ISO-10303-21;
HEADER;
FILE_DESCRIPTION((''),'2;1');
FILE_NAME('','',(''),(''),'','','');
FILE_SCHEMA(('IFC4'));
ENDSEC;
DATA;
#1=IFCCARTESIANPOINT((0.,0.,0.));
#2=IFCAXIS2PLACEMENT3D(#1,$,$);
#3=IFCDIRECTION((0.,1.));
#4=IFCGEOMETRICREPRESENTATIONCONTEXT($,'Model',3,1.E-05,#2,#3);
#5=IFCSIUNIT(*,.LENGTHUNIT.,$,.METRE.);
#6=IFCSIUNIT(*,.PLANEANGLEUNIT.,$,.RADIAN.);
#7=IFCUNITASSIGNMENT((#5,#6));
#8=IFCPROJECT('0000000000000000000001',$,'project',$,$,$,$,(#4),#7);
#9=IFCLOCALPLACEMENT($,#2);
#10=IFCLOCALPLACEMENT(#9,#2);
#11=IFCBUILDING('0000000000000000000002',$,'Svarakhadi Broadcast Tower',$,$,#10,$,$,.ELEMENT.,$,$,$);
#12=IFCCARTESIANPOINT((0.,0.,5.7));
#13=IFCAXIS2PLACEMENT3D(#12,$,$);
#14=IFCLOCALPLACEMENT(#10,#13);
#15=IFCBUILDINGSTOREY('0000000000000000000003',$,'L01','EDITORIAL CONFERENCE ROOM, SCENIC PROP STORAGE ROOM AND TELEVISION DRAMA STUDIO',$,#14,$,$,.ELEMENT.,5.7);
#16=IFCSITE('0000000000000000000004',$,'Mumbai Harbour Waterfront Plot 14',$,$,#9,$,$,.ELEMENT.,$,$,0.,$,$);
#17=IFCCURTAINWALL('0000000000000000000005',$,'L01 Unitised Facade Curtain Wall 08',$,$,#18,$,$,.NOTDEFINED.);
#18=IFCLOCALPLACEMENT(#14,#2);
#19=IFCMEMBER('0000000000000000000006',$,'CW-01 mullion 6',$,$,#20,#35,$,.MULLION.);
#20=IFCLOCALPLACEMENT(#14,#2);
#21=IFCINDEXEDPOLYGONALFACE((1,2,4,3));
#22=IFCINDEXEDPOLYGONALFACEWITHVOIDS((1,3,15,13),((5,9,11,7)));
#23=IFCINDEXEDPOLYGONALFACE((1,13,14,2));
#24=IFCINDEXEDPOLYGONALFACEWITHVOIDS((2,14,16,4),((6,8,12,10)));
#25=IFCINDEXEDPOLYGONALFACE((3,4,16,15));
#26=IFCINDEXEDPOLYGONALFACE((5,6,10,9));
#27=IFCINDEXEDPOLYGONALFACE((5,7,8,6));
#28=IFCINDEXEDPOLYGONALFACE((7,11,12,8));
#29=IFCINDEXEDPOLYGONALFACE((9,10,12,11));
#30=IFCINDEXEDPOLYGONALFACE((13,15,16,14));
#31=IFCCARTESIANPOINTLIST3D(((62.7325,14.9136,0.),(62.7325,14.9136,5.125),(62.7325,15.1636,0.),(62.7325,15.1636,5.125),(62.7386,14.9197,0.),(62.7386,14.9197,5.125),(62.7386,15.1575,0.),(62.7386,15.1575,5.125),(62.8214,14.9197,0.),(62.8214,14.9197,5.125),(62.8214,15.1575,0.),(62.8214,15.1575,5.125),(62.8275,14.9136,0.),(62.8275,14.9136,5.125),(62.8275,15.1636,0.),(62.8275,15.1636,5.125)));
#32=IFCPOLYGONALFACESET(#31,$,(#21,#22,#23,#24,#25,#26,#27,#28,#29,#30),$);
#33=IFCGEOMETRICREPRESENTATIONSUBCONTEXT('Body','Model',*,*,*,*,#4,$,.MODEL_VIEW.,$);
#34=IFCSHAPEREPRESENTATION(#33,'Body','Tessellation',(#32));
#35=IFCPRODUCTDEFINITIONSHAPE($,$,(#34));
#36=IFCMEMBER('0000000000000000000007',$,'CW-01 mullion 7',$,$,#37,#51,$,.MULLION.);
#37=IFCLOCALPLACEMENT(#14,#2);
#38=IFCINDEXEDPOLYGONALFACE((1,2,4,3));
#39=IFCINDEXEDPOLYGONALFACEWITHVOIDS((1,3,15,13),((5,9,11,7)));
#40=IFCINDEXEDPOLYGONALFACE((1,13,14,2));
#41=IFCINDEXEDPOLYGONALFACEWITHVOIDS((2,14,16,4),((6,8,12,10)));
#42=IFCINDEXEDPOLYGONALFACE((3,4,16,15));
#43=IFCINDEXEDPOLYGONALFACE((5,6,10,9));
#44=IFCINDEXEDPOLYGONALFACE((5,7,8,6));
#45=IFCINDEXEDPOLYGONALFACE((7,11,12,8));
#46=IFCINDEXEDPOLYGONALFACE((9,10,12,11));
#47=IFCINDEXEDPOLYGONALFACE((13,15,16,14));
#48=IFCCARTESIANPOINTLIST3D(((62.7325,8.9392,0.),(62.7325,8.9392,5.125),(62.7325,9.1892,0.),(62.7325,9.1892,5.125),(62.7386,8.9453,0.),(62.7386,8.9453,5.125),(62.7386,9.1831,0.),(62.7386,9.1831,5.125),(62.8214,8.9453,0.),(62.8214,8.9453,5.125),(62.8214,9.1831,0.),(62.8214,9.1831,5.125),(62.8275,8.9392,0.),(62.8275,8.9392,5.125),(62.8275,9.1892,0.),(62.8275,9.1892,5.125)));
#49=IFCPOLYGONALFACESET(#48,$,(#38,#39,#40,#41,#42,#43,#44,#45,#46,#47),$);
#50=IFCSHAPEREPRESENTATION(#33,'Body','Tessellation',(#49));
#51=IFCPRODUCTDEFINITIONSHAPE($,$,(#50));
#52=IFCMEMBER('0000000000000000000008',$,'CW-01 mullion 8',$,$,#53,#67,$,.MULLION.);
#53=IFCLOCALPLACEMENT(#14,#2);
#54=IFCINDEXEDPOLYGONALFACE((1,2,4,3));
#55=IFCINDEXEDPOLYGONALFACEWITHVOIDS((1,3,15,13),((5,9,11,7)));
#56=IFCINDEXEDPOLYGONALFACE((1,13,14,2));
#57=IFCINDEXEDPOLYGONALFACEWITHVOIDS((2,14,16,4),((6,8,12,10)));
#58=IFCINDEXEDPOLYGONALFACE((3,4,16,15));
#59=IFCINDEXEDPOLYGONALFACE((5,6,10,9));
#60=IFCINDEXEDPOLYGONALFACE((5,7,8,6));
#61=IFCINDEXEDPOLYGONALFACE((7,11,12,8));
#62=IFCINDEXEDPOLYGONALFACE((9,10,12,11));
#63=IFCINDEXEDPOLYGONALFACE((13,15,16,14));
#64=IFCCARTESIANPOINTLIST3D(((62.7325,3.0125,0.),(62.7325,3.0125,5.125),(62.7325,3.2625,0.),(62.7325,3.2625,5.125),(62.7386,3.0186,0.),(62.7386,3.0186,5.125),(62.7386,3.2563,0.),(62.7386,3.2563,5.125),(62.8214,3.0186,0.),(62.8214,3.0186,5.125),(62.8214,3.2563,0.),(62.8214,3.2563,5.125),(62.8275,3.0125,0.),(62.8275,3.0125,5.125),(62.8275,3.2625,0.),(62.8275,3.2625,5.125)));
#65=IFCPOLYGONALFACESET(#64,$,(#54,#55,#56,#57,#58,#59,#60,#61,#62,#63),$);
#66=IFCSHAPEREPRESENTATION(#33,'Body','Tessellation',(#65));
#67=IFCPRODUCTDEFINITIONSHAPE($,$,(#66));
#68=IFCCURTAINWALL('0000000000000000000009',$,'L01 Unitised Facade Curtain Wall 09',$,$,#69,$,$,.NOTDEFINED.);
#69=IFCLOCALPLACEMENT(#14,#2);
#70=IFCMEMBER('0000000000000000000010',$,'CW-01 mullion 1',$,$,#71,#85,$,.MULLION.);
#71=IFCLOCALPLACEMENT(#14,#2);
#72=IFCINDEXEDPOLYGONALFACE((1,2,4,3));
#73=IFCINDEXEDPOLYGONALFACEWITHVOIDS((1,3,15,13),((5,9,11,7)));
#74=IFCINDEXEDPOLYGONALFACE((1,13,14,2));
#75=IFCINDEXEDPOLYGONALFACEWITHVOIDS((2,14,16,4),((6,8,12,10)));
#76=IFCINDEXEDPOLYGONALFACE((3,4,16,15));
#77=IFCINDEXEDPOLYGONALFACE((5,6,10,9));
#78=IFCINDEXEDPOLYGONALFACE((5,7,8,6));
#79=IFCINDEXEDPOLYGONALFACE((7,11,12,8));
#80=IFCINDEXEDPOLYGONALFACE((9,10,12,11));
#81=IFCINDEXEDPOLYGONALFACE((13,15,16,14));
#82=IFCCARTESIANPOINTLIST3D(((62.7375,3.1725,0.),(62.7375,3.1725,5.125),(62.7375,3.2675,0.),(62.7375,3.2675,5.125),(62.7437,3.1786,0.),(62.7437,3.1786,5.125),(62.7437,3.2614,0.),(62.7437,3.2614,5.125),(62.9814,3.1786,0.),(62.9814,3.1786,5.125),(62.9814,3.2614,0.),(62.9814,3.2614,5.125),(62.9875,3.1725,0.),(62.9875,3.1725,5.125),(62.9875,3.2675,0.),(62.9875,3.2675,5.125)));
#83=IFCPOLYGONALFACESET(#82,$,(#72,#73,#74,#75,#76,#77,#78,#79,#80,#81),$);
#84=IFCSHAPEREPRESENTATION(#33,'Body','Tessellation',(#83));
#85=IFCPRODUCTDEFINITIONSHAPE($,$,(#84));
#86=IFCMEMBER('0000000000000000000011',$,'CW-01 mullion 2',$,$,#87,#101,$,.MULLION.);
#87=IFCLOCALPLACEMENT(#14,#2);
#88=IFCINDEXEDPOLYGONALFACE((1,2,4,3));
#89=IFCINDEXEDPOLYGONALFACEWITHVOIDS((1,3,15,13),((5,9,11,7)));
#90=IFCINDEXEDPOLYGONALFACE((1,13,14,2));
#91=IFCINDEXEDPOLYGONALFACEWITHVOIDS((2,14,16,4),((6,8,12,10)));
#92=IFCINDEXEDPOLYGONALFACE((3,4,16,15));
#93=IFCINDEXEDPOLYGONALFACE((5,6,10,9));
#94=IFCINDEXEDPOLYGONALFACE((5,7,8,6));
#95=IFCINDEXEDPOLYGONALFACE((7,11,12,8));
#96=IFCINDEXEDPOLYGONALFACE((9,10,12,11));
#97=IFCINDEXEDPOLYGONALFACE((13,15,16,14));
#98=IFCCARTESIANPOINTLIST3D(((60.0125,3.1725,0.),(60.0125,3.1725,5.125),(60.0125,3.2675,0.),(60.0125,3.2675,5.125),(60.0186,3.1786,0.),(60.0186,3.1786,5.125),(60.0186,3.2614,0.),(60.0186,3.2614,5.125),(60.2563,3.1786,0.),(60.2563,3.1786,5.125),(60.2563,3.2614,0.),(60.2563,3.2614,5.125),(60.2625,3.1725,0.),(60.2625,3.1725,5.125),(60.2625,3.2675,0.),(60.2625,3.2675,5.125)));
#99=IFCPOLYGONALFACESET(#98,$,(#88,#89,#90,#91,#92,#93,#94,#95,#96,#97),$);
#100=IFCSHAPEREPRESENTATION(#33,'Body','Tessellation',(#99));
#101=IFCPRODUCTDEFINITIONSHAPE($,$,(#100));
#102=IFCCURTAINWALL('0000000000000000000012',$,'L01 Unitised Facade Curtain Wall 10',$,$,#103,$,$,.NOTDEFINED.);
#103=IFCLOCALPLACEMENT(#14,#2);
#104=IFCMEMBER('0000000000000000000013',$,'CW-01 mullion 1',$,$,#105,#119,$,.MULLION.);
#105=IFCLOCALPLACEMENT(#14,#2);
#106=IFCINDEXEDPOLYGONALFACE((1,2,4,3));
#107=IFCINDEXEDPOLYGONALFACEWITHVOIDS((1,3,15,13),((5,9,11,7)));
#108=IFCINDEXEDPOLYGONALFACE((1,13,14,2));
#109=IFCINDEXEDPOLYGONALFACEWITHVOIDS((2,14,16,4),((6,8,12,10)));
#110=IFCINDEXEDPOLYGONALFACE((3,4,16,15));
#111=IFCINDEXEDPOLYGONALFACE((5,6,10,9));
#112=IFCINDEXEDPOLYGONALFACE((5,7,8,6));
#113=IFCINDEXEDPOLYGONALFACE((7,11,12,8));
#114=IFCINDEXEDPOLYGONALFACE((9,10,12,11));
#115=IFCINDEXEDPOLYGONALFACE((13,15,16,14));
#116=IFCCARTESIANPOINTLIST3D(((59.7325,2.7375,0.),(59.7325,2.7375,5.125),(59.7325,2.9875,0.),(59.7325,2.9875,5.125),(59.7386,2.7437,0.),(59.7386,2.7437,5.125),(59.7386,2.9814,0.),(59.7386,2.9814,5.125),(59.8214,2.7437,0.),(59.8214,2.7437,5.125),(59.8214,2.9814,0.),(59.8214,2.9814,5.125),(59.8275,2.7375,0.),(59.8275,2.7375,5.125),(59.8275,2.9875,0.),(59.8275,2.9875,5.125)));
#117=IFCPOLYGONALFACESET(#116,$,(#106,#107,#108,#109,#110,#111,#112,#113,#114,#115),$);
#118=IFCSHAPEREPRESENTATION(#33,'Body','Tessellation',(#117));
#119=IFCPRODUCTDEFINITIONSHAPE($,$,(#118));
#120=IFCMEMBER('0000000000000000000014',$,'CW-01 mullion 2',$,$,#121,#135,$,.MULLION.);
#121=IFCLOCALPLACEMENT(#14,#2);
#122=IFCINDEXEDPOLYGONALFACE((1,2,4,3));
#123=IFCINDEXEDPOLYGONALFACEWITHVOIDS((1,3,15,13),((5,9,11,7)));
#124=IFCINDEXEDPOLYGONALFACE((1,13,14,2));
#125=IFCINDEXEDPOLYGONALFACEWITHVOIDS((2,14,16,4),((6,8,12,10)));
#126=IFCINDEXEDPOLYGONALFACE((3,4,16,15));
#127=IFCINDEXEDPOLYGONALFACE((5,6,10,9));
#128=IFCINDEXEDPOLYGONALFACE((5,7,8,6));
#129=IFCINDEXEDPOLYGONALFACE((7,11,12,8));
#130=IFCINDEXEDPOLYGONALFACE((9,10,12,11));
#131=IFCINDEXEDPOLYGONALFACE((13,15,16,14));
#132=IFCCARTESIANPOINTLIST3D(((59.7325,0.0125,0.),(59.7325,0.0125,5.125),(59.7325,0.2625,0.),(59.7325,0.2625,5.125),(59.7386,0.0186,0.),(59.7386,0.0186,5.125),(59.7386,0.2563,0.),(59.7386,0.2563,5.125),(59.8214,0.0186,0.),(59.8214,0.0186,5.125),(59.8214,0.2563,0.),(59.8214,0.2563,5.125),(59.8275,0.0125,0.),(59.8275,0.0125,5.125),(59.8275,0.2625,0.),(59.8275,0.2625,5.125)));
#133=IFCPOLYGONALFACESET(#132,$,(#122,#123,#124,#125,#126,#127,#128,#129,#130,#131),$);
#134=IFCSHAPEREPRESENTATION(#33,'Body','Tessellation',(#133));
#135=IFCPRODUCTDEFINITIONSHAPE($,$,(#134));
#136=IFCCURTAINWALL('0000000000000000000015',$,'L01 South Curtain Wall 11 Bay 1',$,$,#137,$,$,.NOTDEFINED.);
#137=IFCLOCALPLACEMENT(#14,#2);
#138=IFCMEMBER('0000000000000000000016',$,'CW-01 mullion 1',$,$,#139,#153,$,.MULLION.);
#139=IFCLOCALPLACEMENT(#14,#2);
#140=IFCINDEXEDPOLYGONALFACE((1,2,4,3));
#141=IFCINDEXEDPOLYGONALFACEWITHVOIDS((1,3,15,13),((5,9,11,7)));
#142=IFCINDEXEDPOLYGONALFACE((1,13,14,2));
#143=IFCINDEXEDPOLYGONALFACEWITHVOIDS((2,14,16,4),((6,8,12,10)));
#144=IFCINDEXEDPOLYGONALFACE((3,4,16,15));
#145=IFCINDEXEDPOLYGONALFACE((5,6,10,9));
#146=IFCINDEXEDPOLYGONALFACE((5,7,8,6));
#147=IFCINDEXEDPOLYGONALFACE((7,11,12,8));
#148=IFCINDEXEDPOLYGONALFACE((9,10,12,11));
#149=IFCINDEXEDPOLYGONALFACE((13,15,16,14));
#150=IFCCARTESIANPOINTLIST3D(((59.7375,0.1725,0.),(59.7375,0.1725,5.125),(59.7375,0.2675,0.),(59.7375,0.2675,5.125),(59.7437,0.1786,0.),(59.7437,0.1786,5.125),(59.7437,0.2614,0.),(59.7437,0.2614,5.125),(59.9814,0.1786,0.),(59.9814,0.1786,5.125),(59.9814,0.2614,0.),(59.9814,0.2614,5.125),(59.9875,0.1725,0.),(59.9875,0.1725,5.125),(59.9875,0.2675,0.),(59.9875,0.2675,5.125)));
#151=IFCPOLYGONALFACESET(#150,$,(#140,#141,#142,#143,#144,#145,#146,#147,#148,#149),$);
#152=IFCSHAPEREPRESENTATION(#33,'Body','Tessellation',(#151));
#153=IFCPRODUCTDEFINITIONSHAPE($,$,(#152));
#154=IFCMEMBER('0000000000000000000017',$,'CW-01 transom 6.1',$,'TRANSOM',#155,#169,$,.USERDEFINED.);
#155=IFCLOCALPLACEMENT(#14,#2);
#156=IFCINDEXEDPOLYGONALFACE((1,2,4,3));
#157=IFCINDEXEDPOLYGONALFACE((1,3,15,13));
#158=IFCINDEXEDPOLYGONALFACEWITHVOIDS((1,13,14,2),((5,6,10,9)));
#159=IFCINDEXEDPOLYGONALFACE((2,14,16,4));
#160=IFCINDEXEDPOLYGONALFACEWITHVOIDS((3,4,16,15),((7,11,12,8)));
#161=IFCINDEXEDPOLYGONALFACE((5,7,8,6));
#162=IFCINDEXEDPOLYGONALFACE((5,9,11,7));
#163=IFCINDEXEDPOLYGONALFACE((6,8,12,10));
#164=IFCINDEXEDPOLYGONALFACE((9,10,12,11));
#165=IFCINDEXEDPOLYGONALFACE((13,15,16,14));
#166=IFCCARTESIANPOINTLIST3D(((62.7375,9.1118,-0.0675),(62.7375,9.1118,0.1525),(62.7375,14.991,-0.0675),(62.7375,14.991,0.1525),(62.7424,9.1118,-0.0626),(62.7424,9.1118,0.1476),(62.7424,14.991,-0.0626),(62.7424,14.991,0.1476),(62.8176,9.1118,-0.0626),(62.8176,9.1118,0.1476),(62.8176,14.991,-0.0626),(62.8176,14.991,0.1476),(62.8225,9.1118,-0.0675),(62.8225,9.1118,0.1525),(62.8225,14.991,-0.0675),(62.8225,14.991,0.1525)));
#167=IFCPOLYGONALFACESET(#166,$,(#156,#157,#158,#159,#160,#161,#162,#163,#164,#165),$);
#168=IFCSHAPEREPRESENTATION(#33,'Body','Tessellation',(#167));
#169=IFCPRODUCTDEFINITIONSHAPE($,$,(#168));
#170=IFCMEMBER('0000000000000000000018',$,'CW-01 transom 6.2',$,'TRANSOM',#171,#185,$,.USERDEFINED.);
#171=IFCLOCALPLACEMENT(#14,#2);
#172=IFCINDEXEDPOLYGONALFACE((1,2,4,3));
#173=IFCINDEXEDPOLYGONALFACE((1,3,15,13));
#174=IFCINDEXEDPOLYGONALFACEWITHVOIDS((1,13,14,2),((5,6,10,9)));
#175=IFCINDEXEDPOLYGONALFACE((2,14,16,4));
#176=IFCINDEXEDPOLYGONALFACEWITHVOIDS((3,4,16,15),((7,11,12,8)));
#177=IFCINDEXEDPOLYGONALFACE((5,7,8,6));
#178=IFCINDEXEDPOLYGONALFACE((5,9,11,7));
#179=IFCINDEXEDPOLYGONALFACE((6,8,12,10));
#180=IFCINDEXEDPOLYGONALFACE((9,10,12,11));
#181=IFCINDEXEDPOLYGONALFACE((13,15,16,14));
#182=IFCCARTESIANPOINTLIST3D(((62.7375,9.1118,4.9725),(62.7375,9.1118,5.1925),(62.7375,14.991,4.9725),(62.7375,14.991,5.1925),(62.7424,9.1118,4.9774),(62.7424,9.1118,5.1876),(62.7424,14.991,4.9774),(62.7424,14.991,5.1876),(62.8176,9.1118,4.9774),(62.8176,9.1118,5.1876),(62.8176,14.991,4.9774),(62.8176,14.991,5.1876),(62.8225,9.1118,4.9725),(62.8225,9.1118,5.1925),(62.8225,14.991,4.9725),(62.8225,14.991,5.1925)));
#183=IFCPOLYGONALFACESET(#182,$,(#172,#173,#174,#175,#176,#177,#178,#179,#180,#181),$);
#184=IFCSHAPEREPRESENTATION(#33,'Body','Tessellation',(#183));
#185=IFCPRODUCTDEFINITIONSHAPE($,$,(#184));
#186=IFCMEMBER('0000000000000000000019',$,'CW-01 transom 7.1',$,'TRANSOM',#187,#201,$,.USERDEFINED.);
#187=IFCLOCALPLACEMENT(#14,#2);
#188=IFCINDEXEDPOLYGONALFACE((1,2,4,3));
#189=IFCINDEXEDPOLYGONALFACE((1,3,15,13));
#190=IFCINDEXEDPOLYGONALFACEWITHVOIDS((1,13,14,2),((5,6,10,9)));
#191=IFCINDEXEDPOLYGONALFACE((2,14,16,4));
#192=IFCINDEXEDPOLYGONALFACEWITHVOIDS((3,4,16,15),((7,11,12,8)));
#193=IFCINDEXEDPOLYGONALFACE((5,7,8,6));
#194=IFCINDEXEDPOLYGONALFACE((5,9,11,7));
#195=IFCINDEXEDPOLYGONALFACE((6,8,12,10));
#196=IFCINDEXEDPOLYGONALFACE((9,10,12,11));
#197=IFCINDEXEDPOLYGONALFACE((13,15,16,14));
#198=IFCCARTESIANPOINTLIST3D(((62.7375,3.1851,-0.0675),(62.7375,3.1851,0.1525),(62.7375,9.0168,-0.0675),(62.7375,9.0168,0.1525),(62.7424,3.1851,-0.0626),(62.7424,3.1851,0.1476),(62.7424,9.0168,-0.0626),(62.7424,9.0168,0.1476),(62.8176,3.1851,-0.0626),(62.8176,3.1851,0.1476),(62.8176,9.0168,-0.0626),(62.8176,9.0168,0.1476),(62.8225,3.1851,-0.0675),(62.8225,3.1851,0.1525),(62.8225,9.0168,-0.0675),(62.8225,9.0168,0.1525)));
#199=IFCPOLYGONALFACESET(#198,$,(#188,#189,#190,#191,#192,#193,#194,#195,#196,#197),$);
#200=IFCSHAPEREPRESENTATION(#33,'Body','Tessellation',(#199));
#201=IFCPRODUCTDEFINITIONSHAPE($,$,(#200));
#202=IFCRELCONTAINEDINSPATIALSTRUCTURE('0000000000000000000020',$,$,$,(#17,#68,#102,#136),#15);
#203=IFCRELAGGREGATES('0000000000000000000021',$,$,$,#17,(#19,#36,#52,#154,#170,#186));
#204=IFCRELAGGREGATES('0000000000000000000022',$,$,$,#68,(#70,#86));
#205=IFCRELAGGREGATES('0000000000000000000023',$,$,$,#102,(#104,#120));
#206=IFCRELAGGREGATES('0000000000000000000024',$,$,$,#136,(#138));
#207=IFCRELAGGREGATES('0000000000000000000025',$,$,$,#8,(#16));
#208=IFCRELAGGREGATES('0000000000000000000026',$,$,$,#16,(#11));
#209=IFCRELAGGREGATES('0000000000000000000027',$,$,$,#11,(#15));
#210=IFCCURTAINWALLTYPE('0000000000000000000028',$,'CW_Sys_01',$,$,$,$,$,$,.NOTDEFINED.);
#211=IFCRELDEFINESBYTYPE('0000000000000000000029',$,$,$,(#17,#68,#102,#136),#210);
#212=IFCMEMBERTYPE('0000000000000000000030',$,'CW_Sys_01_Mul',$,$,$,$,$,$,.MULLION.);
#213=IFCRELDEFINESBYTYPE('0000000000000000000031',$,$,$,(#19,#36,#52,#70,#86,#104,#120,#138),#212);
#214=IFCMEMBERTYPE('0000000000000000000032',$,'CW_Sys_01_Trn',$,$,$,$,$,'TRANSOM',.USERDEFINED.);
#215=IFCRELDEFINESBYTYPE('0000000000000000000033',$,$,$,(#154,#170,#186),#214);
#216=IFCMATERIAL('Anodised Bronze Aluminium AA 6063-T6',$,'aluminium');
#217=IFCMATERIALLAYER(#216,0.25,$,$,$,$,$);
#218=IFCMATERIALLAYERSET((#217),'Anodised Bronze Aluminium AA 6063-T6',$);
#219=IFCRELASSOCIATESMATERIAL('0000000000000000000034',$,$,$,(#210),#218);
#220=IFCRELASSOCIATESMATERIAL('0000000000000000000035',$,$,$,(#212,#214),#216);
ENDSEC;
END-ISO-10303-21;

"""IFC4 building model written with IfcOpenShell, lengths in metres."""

from ifc_helpers import new_model, si_unit, direction, frame, origin, origin_2d, place, context, subcontext, project, spatial, hollow_rectangle, extrude, material, layer, layer_set, material_profile, profile_set, type_object, element, aggregate, save


model = new_model("IFC4")

# Units and contexts
model_context = context("Model", 3, precision=1e-05, world=origin(), true_north=direction((0.0, 1.0)))
body_context = subcontext(model_context, "Body", "Model", "MODEL_VIEW")
ifc_project = project(units=[si_unit("LENGTHUNIT", "METRE"), si_unit("PLANEANGLEUNIT", "RADIAN")], contexts=[model_context])

# Site, building, storey
site_placement = place(None, origin())
site = spatial("IfcSite", under=ifc_project, at=site_placement, Name="Mumbai Harbour Waterfront Plot 14", CompositionType="ELEMENT", RefElevation=0.0)
building_placement = place(site_placement, origin())
building = spatial("IfcBuilding", under=site, at=building_placement, Name="Svarakhadi Broadcast Tower", CompositionType="ELEMENT")
storey_placement = place(building_placement, frame((0.0, 0.0, 5.7)))
storey = spatial("IfcBuildingStorey", under=building, at=storey_placement, Name="L01", Description="EDITORIAL CONFERENCE ROOM, SCENIC PROP STORAGE ROOM AND TELEVISION DRAMA STUDIO", CompositionType="ELEMENT", Elevation=5.7)

# Curtain walls, members
ifc_material_1 = material(Name="Anodised Bronze Aluminium AA 6063-T6", Category="aluminium")
ifc_layer_1 = layer(ifc_material_1, 0.25)
ifc_layer_set_1 = layer_set([ifc_layer_1], Name="Anodised Bronze Aluminium AA 6063-T6")
curtain_wall_type = type_object("IfcCurtainWallType", Name="CW_Sys_01", PredefinedType="NOTDEFINED", material=ifc_layer_set_1)
curtain_wall_1_placement = place(storey_placement, origin())
curtain_wall_1 = element("IfcCurtainWall", 1, at=curtain_wall_1_placement, inside=storey, type_object=curtain_wall_type, Name="L01 Unitised Facade Curtain Wall 08", PredefinedType="NOTDEFINED")
ifc_material_profile_1 = material_profile(ifc_material_1, hollow_rectangle(XDim=0.095, YDim=0.25, WallThickness=0.0061, at=origin_2d()), Name="ALU MULLION 250x95x6")
ifc_profile_set_1 = profile_set([ifc_material_profile_1], Name="Anodised Bronze Aluminium AA 6063-T6")
member_type_1 = type_object("IfcMemberType", Name="CW_Sys_01_Mul", PredefinedType="MULLION", material=ifc_profile_set_1)
member_1_placement = place(storey_placement, frame((62.78, 15.0386, 0.0), z_axis=(0.0, 0.0, 1.0), x_axis=(1.0, 0.0, 0.0)))
member_1 = element("IfcMember", 2, at=member_1_placement, type_object=member_type_1, Name="CW-01 mullion 6", PredefinedType="MULLION", context=body_context, shape_type="SweptSolid", body=[
    extrude(hollow_rectangle(XDim=0.095, YDim=0.25, WallThickness=0.0061, at=origin_2d()), origin(), (0.0, 0.0, 1.0), 5.125),
])
member_2_placement = place(storey_placement, frame((62.78, 9.0642, 0.0), z_axis=(0.0, 0.0, 1.0), x_axis=(1.0, 0.0, 0.0)))
member_2 = element("IfcMember", 3, at=member_2_placement, type_object=member_type_1, Name="CW-01 mullion 7", PredefinedType="MULLION", context=body_context, shape_type="SweptSolid", body=[
    extrude(hollow_rectangle(XDim=0.095, YDim=0.25, WallThickness=0.0061, at=origin_2d()), origin(), (0.0, 0.0, 1.0), 5.125),
])
member_3_placement = place(storey_placement, frame((62.78, 3.1375, 0.0), z_axis=(0.0, 0.0, 1.0), x_axis=(1.0, 0.0, 0.0)))
member_3 = element("IfcMember", 4, at=member_3_placement, type_object=member_type_1, Name="CW-01 mullion 8", PredefinedType="MULLION", context=body_context, shape_type="SweptSolid", body=[
    extrude(hollow_rectangle(XDim=0.095, YDim=0.25, WallThickness=0.0061, at=origin_2d()), origin(), (0.0, 0.0, 1.0), 5.125),
])
curtain_wall_2_placement = place(storey_placement, origin())
curtain_wall_2 = element("IfcCurtainWall", 5, at=curtain_wall_2_placement, inside=storey, type_object=curtain_wall_type, Name="L01 Unitised Facade Curtain Wall 09", PredefinedType="NOTDEFINED")
member_4_placement = place(storey_placement, frame((62.8625, 3.22, 0.0), z_axis=(0.0, 0.0, 1.0), x_axis=(0.0, -1.0, 0.0)))
member_4 = element("IfcMember", 6, at=member_4_placement, type_object=member_type_1, Name="CW-01 mullion 1", PredefinedType="MULLION", context=body_context, shape_type="SweptSolid", body=[
    extrude(hollow_rectangle(XDim=0.095, YDim=0.25, WallThickness=0.0061, at=origin_2d()), origin(), (0.0, 0.0, 1.0), 5.125),
])
member_5_placement = place(storey_placement, frame((60.1375, 3.22, 0.0), z_axis=(0.0, 0.0, 1.0), x_axis=(0.0, -1.0, 0.0)))
member_5 = element("IfcMember", 7, at=member_5_placement, type_object=member_type_1, Name="CW-01 mullion 2", PredefinedType="MULLION", context=body_context, shape_type="SweptSolid", body=[
    extrude(hollow_rectangle(XDim=0.095, YDim=0.25, WallThickness=0.0061, at=origin_2d()), origin(), (0.0, 0.0, 1.0), 5.125),
])
curtain_wall_3_placement = place(storey_placement, origin())
curtain_wall_3 = element("IfcCurtainWall", 8, at=curtain_wall_3_placement, inside=storey, type_object=curtain_wall_type, Name="L01 Unitised Facade Curtain Wall 10", PredefinedType="NOTDEFINED")
member_6_placement = place(storey_placement, frame((59.78, 2.8625, 0.0), z_axis=(0.0, 0.0, 1.0), x_axis=(1.0, 0.0, 0.0)))
member_6 = element("IfcMember", 9, at=member_6_placement, type_object=member_type_1, Name="CW-01 mullion 1", PredefinedType="MULLION", context=body_context, shape_type="SweptSolid", body=[
    extrude(hollow_rectangle(XDim=0.095, YDim=0.25, WallThickness=0.0061, at=origin_2d()), origin(), (0.0, 0.0, 1.0), 5.125),
])
member_7_placement = place(storey_placement, frame((59.78, 0.1375, 0.0), z_axis=(0.0, 0.0, 1.0), x_axis=(1.0, 0.0, 0.0)))
member_7 = element("IfcMember", 10, at=member_7_placement, type_object=member_type_1, Name="CW-01 mullion 2", PredefinedType="MULLION", context=body_context, shape_type="SweptSolid", body=[
    extrude(hollow_rectangle(XDim=0.095, YDim=0.25, WallThickness=0.0061, at=origin_2d()), origin(), (0.0, 0.0, 1.0), 5.125),
])

# Curtain wall, member
curtain_wall_4_placement = place(storey_placement, origin())
curtain_wall_4 = element("IfcCurtainWall", 11, at=curtain_wall_4_placement, inside=storey, type_object=curtain_wall_type, Name="L01 South Curtain Wall 11 Bay 1", PredefinedType="NOTDEFINED")
member_8_placement = place(storey_placement, frame((59.8625, 0.22, 0.0), z_axis=(0.0, 0.0, 1.0), x_axis=(0.0, -1.0, 0.0)))
member_8 = element("IfcMember", 12, at=member_8_placement, type_object=member_type_1, Name="CW-01 mullion 1", PredefinedType="MULLION", context=body_context, shape_type="SweptSolid", body=[
    extrude(hollow_rectangle(XDim=0.095, YDim=0.25, WallThickness=0.0061, at=origin_2d()), origin(), (0.0, 0.0, 1.0), 5.125),
])

# Members
ifc_material_profile_2 = material_profile(ifc_material_1, hollow_rectangle(XDim=0.085, YDim=0.22, WallThickness=0.0049, at=origin_2d()), Name="ALU TRANSOM 220x85x5")
ifc_profile_set_2 = profile_set([ifc_material_profile_2], Name="Anodised Bronze Aluminium AA 6063-T6")
member_type_2 = type_object("IfcMemberType", Name="CW_Sys_01_Trn", ElementType="TRANSOM", PredefinedType="USERDEFINED", material=ifc_profile_set_2)
member_9_placement = place(storey_placement, frame((62.78, 14.991, 0.0425), z_axis=(0.0, -1.0, 0.0), x_axis=(1.0, 0.0, 0.0)))
member_9 = element("IfcMember", 13, at=member_9_placement, type_object=member_type_2, Name="CW-01 transom 6.1", ObjectType="TRANSOM", PredefinedType="USERDEFINED", context=body_context, shape_type="SweptSolid", body=[
    extrude(hollow_rectangle(XDim=0.085, YDim=0.22, WallThickness=0.0049, at=origin_2d()), origin(), (0.0, 0.0, 1.0), 5.8792),
])
member_10_placement = place(storey_placement, frame((62.78, 14.991, 5.0825), z_axis=(0.0, -1.0, 0.0), x_axis=(1.0, 0.0, 0.0)))
member_10 = element("IfcMember", 14, at=member_10_placement, type_object=member_type_2, Name="CW-01 transom 6.2", ObjectType="TRANSOM", PredefinedType="USERDEFINED", context=body_context, shape_type="SweptSolid", body=[
    extrude(hollow_rectangle(XDim=0.085, YDim=0.22, WallThickness=0.0049, at=origin_2d()), origin(), (0.0, 0.0, 1.0), 5.8792),
])
member_11_placement = place(storey_placement, frame((62.78, 9.0168, 0.0425), z_axis=(0.0, -1.0, 0.0), x_axis=(1.0, 0.0, 0.0)))
member_11 = element("IfcMember", 15, at=member_11_placement, type_object=member_type_2, Name="CW-01 transom 7.1", ObjectType="TRANSOM", PredefinedType="USERDEFINED", context=body_context, shape_type="SweptSolid", body=[
    extrude(hollow_rectangle(XDim=0.085, YDim=0.22, WallThickness=0.0049, at=origin_2d()), origin(), (0.0, 0.0, 1.0), 5.8318),
])

aggregate(curtain_wall_1, [member_1, member_2, member_3, member_9, member_10, member_11])
aggregate(curtain_wall_2, [member_4, member_5])
aggregate(curtain_wall_3, [member_6, member_7])
aggregate(curtain_wall_4, [member_8])

save(model, "model.ifc")
